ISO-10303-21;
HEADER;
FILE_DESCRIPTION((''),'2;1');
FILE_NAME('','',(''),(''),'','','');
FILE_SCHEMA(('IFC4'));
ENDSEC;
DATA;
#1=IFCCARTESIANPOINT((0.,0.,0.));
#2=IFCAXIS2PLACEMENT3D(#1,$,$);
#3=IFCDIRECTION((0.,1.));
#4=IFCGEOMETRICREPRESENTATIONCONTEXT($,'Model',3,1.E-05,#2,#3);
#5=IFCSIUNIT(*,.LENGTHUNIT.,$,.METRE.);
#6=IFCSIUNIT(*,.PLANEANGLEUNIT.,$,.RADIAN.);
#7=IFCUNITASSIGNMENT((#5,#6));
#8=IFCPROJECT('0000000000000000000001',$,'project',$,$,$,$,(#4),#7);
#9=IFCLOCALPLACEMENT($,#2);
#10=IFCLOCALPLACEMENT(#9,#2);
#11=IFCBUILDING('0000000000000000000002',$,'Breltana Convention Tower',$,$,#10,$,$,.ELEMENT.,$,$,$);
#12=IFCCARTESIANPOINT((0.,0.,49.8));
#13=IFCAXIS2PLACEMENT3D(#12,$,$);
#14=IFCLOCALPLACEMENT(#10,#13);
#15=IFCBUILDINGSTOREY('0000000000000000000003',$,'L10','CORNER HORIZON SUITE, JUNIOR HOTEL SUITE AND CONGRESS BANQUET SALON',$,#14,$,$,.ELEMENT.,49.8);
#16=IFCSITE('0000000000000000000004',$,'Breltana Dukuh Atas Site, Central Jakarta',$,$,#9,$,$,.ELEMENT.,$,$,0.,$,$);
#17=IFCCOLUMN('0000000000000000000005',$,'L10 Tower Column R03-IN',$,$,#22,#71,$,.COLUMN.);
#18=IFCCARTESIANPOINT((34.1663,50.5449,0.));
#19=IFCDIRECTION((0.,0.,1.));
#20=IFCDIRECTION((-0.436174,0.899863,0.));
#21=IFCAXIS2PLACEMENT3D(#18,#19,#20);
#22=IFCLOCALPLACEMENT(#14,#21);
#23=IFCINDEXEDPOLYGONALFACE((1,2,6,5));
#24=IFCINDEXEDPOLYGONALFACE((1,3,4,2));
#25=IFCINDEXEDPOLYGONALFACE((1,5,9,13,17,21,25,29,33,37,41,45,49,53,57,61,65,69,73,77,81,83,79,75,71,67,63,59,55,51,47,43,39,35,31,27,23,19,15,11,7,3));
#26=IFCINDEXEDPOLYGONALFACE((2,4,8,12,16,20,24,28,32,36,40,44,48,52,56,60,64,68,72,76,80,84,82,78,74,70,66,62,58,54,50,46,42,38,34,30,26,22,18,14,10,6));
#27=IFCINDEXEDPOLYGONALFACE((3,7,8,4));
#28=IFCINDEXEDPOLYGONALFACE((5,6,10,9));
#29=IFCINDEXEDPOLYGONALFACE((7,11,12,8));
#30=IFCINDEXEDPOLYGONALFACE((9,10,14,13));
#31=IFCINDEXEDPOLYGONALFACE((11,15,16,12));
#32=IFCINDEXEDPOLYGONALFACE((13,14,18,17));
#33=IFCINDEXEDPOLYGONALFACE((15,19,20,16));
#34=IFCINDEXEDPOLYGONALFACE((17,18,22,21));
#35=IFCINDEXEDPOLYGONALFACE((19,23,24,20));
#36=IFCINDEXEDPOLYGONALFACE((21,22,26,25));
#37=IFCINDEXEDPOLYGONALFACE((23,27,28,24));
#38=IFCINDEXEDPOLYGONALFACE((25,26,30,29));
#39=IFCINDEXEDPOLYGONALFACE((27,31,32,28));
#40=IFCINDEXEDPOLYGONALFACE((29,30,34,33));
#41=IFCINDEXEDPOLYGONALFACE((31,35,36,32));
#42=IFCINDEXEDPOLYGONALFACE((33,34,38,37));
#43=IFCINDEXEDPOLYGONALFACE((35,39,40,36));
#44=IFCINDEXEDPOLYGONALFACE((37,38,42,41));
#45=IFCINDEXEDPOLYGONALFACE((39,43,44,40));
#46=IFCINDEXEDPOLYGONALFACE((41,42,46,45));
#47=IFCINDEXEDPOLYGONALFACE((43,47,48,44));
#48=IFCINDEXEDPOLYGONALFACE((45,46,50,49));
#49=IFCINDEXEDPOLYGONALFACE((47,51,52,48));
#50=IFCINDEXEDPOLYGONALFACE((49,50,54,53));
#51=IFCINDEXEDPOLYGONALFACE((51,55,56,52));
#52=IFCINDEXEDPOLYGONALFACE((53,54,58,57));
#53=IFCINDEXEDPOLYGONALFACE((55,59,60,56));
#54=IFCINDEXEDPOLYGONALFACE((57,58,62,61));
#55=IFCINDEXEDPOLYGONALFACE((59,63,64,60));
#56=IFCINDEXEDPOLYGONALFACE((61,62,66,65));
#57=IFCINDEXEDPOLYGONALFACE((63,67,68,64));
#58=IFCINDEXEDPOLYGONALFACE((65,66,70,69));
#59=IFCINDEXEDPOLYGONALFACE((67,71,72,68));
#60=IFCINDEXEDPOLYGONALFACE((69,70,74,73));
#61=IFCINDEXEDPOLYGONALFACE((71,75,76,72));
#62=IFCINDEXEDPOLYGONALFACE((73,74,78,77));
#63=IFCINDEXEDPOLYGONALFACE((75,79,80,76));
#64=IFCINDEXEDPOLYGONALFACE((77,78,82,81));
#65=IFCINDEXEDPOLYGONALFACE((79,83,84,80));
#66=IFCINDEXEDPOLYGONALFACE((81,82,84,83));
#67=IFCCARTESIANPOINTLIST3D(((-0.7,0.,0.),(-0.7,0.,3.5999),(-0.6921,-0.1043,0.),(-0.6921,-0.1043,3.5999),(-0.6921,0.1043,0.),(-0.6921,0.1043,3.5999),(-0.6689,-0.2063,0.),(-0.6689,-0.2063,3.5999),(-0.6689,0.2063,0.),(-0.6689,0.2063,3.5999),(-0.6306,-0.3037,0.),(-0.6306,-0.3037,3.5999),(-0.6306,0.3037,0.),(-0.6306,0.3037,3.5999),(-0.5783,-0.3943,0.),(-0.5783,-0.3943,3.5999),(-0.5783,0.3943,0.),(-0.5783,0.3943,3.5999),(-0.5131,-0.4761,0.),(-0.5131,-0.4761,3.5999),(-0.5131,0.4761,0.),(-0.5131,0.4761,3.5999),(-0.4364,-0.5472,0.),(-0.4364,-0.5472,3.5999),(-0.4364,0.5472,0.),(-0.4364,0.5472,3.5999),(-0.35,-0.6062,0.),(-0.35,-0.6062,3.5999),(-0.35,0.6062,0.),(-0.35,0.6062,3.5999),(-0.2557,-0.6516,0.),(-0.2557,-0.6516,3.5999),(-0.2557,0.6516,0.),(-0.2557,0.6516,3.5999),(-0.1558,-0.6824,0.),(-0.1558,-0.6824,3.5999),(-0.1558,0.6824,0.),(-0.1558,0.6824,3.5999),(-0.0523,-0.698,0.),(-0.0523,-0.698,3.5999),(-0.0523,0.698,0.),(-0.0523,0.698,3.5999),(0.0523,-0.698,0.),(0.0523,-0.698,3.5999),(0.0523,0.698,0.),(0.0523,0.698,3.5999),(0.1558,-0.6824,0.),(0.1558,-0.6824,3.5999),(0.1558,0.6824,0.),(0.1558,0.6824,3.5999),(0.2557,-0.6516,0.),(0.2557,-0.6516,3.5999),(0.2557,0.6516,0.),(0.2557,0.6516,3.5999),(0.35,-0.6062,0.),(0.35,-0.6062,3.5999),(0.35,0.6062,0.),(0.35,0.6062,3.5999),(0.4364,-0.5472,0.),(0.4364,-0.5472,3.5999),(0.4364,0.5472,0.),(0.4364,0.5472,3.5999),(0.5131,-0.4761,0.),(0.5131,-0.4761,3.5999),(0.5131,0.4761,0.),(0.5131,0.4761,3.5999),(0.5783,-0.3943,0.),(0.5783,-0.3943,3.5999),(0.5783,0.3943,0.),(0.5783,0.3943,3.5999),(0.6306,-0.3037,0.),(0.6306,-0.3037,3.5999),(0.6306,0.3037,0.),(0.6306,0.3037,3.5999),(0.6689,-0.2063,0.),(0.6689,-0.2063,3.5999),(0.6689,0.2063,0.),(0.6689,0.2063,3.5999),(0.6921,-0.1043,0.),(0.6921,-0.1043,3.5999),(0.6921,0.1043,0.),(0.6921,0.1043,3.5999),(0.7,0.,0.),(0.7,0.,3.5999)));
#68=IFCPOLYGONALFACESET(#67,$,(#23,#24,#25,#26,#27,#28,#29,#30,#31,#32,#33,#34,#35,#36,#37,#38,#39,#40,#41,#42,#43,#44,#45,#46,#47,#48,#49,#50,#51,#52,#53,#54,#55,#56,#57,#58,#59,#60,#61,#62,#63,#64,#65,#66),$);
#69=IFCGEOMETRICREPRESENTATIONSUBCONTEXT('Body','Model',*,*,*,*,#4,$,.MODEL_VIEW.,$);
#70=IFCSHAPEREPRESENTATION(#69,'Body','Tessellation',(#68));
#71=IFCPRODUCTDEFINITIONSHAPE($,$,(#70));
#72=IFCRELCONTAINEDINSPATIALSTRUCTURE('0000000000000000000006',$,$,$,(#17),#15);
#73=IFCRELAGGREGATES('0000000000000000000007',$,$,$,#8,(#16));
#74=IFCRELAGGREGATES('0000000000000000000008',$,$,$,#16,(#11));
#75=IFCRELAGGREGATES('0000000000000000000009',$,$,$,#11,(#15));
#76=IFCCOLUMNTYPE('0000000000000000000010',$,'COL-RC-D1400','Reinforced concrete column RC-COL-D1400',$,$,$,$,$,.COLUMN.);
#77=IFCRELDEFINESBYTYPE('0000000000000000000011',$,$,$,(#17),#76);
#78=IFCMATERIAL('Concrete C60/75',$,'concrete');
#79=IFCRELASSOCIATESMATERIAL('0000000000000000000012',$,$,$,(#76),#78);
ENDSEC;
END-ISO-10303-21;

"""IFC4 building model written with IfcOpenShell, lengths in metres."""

from ifc_helpers import new_model, si_unit, direction, frame, origin, origin_2d, place, context, subcontext, project, spatial, circle, extrude, source, transform, mapped, material, material_profile, profile_set, type_object, element, save


model = new_model("IFC4")

# Units and contexts
model_context = context("Model", 3, precision=1e-05, world=origin(), true_north=direction((0.0, 1.0)))
body_context = subcontext(model_context, "Body", "Model", "MODEL_VIEW")
ifc_project = project(units=[si_unit("LENGTHUNIT", "METRE"), si_unit("PLANEANGLEUNIT", "RADIAN")], contexts=[model_context])

# Site, building, storey
site_placement = place(None, origin())
site = spatial("IfcSite", under=ifc_project, at=site_placement, Name="Breltana Dukuh Atas Site, Central Jakarta", CompositionType="ELEMENT", RefElevation=0.0)
building_placement = place(site_placement, origin())
building = spatial("IfcBuilding", under=site, at=building_placement, Name="Breltana Convention Tower", CompositionType="ELEMENT")
storey_placement = place(building_placement, frame((0.0, 0.0, 49.8)))
storey = spatial("IfcBuildingStorey", under=building, at=storey_placement, Name="L10", Description="CORNER HORIZON SUITE, JUNIOR HOTEL SUITE AND CONGRESS BANQUET SALON", CompositionType="ELEMENT", Elevation=49.8)

# Column
ifc_material_1 = material(Name="Concrete C60/75", Category="concrete")
ifc_material_profile_1 = material_profile(ifc_material_1, circle(Radius=0.7, at=origin_2d()), Name="RC-COL-D1400")
ifc_profile_set_1 = profile_set([ifc_material_profile_1], Name="Concrete C60/75")
column_type_1 = type_object("IfcColumnType", Name="COL-RC-D1400", Description="Reinforced concrete column RC-COL-D1400", PredefinedType="COLUMN", material=ifc_profile_set_1)
shared_shape_1 = source(origin(), body_context, "Body", "SweptSolid", [
    extrude(circle(Radius=0.7, at=origin_2d()), origin(), (0.0, 0.0, 1.0), 3.5999),
])
for number, where, z_axis, x_axis, name in (
    (1, (34.1663, 50.5449, 0.0), (0.0, 0.0, 1.0), (-0.436174, 0.899863, 0.0), "L10 Tower Column R03-IN"),
):
    element("IfcColumn", number, at=place(storey_placement, frame(where, z_axis=z_axis, x_axis=x_axis)), inside=storey, type_object=column_type_1, Name=name, PredefinedType="COLUMN", context=body_context, shape_type="MappedRepresentation", body=[
        mapped(shared_shape_1, transform((0.0, 0.0, 0.0), scale=1.0)),
    ])

save(model, "model.ifc")
